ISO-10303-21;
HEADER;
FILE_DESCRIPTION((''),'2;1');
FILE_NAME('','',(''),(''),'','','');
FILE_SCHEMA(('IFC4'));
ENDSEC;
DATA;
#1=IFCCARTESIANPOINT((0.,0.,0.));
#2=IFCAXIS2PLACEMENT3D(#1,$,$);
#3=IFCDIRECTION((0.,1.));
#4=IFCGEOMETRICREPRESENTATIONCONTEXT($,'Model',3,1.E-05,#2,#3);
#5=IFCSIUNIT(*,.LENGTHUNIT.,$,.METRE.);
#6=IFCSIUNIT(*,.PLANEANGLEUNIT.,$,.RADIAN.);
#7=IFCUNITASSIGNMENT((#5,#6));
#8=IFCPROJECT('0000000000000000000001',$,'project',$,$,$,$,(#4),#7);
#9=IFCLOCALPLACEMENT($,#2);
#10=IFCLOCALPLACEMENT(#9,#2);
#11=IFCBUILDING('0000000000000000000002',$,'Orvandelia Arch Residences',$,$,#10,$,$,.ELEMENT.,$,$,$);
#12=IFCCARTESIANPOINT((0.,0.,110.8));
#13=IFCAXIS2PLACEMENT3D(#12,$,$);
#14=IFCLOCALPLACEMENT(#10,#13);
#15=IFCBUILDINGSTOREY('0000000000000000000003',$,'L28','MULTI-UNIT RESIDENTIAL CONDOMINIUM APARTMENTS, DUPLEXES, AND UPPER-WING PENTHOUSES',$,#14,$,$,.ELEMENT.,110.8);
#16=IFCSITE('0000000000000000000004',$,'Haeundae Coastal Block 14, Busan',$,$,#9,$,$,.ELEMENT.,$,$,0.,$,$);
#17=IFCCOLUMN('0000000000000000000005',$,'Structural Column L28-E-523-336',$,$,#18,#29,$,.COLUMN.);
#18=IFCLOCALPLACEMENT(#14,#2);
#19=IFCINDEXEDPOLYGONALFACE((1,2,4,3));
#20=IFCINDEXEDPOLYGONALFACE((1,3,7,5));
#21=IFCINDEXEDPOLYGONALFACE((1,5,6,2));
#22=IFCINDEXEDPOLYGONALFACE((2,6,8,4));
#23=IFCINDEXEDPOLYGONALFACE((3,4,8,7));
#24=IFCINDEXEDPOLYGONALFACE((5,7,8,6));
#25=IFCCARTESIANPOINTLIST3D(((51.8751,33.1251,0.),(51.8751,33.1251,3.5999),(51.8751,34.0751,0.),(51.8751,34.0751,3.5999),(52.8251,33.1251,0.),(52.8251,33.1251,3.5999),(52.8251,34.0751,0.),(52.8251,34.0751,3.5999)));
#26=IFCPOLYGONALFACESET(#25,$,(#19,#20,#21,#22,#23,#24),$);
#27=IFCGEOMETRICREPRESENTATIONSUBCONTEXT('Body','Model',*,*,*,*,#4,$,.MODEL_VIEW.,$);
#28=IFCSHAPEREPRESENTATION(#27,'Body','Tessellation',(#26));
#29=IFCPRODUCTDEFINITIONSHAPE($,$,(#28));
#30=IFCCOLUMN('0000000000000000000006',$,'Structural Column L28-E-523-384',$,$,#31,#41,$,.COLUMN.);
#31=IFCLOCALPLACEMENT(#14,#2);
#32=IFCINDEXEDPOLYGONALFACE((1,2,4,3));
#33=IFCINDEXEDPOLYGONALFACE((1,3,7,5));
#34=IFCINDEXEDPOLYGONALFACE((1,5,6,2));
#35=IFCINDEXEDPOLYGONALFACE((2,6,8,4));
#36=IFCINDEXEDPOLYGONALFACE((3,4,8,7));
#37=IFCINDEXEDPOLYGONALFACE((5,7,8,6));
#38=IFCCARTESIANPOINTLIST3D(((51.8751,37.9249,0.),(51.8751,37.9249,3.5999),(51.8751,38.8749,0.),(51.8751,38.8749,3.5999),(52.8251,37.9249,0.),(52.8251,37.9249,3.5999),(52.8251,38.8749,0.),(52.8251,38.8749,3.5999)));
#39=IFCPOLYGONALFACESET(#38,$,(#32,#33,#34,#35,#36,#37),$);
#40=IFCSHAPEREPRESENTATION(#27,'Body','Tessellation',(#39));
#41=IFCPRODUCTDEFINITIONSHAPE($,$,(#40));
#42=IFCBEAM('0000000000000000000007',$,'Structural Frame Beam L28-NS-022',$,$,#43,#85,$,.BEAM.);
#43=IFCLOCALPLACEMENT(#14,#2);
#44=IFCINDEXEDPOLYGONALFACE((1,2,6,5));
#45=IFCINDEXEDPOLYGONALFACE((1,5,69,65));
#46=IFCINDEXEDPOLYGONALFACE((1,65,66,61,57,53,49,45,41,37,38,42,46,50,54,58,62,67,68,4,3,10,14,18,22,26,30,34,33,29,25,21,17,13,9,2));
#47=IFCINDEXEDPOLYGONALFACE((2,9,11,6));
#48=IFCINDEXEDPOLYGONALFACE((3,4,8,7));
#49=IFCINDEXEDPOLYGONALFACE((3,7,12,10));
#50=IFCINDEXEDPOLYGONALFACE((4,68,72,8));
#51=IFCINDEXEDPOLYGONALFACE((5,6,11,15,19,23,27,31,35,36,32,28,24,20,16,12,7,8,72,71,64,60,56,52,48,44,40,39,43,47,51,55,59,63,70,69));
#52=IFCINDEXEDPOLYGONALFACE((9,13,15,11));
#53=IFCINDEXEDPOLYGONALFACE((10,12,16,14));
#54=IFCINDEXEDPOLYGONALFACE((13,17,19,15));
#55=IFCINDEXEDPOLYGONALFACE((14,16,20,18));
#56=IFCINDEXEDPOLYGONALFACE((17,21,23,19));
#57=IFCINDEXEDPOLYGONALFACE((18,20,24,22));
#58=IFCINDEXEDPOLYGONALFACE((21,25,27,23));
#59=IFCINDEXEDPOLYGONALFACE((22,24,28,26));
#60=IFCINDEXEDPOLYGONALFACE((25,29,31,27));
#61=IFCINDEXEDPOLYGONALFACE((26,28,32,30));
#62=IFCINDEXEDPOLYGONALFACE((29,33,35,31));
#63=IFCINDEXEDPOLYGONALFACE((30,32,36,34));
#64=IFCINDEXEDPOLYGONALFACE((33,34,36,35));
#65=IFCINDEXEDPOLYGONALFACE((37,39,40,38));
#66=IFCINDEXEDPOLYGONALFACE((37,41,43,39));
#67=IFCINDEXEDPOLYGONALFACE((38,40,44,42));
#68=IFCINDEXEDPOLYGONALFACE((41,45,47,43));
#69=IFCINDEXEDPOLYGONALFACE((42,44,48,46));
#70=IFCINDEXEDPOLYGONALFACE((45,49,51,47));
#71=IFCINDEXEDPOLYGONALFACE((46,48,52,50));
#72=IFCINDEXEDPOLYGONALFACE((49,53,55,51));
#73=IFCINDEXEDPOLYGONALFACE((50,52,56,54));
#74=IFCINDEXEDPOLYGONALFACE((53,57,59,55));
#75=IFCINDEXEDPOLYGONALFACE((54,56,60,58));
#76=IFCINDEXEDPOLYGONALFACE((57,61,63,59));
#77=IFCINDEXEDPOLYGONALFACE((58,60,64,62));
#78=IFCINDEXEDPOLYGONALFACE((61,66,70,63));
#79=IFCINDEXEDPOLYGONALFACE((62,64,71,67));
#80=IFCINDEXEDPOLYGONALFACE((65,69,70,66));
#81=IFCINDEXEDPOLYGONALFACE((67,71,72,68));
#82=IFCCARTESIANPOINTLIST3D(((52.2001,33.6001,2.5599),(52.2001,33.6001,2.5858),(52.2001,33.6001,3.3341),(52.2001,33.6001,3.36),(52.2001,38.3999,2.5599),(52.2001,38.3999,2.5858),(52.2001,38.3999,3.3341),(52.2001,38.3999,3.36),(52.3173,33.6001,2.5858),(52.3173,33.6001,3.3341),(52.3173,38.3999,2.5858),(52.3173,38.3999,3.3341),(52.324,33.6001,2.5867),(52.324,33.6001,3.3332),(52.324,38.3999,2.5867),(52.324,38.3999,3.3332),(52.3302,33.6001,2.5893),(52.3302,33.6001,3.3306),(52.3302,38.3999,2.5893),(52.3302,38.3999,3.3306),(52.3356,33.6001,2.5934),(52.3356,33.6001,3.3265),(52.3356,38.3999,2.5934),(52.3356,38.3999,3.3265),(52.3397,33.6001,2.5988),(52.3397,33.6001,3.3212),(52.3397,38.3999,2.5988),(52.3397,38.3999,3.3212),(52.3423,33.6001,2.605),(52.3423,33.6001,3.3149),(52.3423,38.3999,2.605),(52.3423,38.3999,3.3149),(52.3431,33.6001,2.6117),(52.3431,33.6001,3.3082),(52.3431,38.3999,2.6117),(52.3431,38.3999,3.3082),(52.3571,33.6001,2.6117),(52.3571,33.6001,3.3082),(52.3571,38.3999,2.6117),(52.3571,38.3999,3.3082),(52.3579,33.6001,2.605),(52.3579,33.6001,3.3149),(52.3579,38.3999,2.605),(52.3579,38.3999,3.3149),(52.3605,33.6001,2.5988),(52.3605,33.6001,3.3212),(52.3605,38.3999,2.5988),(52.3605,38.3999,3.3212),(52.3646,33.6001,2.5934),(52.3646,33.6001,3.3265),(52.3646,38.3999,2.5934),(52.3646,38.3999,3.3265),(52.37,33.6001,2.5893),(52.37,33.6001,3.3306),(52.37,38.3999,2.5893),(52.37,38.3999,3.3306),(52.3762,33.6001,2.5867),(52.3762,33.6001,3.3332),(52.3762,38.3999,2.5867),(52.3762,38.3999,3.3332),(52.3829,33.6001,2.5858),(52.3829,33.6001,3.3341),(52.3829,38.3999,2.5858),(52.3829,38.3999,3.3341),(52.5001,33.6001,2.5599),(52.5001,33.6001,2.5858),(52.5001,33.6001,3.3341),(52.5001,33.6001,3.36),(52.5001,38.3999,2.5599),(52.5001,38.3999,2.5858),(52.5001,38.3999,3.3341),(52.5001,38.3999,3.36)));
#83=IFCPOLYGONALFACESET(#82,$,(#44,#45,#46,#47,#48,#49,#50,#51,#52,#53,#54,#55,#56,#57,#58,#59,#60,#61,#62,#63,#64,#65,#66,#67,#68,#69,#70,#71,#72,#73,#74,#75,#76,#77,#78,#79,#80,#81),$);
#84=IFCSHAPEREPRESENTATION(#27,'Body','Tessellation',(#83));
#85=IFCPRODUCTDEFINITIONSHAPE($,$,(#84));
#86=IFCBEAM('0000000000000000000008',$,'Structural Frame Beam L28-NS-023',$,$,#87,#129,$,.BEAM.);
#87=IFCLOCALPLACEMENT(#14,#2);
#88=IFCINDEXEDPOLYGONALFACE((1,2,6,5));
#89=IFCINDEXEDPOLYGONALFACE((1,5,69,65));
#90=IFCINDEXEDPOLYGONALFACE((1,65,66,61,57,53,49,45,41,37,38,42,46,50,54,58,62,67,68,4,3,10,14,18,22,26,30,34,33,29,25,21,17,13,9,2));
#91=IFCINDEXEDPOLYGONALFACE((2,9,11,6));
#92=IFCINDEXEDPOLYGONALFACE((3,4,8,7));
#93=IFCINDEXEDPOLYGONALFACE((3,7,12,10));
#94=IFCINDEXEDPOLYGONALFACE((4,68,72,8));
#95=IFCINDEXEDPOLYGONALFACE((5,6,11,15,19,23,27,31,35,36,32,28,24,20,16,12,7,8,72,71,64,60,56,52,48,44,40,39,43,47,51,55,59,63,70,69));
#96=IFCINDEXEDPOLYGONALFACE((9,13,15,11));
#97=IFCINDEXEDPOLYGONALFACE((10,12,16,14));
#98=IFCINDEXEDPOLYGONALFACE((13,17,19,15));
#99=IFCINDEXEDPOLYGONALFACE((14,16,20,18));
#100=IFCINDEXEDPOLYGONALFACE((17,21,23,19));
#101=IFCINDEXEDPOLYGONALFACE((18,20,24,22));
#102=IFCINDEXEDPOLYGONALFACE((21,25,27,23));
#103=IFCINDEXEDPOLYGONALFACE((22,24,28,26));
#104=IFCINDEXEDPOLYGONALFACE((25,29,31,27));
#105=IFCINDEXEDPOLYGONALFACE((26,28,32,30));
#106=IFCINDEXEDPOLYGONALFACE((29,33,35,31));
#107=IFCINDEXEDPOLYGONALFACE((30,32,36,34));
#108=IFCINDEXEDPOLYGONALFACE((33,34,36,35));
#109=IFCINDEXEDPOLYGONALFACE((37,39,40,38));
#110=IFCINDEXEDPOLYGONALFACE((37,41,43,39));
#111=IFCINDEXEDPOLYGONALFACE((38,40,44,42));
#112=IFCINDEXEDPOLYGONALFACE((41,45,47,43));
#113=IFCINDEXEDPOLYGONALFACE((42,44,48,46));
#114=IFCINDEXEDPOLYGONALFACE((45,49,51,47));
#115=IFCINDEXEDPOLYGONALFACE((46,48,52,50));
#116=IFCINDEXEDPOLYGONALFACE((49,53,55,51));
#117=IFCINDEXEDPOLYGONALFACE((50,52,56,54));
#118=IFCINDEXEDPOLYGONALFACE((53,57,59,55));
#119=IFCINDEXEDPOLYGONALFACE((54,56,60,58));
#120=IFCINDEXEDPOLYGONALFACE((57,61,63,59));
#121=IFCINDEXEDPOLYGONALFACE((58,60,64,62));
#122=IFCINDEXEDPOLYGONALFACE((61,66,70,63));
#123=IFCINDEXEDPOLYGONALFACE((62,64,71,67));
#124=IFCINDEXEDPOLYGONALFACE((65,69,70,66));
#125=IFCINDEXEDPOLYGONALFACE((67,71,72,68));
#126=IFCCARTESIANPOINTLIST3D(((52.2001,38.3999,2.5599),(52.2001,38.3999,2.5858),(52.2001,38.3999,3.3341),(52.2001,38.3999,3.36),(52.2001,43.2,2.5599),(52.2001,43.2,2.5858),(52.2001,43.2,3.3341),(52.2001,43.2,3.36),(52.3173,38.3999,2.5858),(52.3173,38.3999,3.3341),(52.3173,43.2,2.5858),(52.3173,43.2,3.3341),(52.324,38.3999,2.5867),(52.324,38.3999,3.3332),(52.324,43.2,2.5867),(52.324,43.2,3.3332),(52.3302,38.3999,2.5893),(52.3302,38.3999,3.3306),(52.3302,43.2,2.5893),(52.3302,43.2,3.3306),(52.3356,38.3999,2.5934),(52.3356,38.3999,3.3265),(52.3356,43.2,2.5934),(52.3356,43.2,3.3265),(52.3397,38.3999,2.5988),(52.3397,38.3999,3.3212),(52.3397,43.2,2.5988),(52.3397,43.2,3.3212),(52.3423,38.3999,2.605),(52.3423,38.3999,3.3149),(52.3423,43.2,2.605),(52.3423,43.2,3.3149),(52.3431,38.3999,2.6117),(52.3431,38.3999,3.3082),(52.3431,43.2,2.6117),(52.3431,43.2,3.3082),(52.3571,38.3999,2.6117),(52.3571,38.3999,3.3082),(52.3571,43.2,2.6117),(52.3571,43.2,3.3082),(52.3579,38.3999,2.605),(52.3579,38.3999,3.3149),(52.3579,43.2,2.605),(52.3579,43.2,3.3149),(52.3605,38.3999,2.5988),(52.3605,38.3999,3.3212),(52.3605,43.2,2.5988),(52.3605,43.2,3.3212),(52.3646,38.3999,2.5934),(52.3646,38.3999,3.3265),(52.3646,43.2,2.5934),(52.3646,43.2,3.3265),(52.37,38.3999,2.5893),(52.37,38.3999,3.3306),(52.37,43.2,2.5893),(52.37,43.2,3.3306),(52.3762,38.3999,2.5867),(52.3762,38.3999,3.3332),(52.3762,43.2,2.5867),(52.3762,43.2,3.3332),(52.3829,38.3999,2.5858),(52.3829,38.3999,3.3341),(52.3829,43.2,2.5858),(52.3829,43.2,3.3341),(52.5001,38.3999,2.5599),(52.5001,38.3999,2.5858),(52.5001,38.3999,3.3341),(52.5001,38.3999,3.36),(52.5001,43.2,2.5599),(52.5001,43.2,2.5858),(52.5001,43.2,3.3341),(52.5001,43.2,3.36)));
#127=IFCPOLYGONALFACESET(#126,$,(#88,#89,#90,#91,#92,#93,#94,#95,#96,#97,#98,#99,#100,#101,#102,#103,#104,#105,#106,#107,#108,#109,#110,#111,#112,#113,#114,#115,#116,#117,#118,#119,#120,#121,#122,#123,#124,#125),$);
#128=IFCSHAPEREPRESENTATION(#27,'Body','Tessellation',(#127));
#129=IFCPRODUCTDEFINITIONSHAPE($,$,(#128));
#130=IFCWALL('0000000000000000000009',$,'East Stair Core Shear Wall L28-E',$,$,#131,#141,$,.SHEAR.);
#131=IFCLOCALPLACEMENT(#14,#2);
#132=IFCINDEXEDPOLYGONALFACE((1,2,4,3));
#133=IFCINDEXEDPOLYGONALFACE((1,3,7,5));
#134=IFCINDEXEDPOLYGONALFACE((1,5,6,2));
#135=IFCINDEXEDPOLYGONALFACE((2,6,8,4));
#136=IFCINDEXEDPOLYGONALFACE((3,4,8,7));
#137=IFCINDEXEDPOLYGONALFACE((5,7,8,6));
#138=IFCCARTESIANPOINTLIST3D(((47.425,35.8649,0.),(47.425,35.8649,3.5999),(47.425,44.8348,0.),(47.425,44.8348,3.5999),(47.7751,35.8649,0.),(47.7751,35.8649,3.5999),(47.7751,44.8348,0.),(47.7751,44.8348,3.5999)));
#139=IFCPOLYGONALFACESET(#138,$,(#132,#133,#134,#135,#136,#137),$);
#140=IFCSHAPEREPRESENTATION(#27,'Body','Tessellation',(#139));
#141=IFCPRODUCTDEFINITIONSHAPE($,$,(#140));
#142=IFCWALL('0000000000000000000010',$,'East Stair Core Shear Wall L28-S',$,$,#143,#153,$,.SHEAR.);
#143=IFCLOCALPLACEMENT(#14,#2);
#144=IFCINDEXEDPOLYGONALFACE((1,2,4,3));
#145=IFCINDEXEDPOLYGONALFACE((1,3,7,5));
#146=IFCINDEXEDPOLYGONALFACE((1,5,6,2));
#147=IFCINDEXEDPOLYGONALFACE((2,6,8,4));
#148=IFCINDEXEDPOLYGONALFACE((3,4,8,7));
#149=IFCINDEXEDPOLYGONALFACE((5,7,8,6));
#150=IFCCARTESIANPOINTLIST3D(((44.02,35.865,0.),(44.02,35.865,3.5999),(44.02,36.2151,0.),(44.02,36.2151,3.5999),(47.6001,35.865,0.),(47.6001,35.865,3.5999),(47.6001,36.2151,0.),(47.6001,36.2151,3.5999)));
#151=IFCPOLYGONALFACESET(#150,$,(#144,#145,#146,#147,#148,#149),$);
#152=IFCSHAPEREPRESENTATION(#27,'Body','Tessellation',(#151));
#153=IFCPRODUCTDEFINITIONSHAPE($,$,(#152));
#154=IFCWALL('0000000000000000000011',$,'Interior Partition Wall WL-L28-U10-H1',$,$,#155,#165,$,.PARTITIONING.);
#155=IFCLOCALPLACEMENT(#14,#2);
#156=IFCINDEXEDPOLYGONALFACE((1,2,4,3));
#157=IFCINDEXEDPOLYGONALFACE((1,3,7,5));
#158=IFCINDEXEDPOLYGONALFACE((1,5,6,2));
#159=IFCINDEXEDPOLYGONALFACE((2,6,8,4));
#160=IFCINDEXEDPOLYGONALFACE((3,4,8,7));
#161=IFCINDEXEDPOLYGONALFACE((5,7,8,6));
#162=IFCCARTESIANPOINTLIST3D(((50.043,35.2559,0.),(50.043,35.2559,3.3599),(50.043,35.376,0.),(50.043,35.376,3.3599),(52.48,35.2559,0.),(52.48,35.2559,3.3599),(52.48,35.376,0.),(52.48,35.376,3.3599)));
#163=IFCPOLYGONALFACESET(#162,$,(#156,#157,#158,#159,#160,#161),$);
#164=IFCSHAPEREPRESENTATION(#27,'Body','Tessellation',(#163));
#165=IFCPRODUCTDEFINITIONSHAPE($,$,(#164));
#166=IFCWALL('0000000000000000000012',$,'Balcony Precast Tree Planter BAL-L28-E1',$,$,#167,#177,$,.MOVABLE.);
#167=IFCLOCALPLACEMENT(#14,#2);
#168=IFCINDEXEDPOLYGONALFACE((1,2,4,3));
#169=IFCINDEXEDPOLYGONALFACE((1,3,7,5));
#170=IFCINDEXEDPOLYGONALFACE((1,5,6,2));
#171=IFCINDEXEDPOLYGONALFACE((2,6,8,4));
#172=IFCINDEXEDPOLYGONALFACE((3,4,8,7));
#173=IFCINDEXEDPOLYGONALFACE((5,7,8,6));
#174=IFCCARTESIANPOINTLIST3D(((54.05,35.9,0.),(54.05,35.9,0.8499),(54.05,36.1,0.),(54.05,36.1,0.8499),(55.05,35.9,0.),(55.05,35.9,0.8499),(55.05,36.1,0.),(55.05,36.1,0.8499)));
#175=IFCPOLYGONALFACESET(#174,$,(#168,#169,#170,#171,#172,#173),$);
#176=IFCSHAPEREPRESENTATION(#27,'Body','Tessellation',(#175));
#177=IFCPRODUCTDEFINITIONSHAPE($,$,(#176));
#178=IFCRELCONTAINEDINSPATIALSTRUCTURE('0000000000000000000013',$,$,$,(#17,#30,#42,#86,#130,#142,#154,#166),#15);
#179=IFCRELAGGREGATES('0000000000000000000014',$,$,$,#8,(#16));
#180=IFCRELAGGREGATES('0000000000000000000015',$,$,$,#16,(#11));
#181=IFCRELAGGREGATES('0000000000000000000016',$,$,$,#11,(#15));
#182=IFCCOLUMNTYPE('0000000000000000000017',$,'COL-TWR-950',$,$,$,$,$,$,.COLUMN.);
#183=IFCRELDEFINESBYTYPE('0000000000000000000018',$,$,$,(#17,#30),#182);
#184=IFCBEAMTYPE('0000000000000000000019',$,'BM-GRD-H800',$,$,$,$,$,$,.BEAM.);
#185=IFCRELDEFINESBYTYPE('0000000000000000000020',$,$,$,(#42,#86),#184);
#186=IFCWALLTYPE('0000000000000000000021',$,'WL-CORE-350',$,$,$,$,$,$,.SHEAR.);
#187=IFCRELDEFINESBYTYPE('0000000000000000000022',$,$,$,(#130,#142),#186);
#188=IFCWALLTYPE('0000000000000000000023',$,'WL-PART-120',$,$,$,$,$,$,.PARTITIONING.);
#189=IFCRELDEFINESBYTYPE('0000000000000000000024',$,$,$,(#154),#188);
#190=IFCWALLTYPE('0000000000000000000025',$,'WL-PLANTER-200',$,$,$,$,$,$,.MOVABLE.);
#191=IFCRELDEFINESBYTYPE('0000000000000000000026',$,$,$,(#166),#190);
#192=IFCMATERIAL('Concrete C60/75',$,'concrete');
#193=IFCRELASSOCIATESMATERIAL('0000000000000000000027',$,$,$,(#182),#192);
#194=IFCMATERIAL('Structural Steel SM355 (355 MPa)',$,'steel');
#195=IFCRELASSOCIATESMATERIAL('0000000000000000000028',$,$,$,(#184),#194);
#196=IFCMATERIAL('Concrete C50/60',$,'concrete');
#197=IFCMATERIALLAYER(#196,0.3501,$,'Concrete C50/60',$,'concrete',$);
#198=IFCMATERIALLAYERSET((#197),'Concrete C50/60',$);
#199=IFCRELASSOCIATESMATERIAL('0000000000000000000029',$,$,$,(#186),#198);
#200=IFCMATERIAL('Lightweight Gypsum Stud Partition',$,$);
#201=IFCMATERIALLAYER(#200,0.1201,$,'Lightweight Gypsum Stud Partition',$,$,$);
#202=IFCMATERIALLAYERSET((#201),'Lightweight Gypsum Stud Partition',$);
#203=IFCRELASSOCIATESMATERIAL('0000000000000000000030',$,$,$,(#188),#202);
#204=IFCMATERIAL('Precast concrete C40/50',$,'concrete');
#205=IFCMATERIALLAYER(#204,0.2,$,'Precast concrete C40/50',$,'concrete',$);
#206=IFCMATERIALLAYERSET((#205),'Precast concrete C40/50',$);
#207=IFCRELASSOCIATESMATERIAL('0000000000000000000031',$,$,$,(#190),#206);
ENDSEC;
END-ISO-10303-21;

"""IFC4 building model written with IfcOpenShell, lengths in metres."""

from ifc_helpers import new_model, si_unit, direction, frame, frame_2d, origin, origin_2d, place, context, subcontext, project, spatial, rectangle, i_section, extrude, material, layer, layer_set, material_profile, profile_set, type_object, element, save


model = new_model("IFC4")

# Units and contexts
model_context = context("Model", 3, precision=1e-05, world=origin(), true_north=direction((0.0, 1.0)))
body_context = subcontext(model_context, "Body", "Model", "MODEL_VIEW")
ifc_project = project(units=[si_unit("LENGTHUNIT", "METRE"), si_unit("PLANEANGLEUNIT", "RADIAN")], contexts=[model_context])

# Site, building, storey
site_placement = place(None, origin())
site = spatial("IfcSite", under=ifc_project, at=site_placement, Name="Haeundae Coastal Block 14, Busan", CompositionType="ELEMENT", RefElevation=0.0)
building_placement = place(site_placement, origin())
building = spatial("IfcBuilding", under=site, at=building_placement, Name="Orvandelia Arch Residences", CompositionType="ELEMENT")
storey_placement = place(building_placement, frame((0.0, 0.0, 110.8)))
storey = spatial("IfcBuildingStorey", under=building, at=storey_placement, Name="L28", Description="MULTI-UNIT RESIDENTIAL CONDOMINIUM APARTMENTS, DUPLEXES, AND UPPER-WING PENTHOUSES", CompositionType="ELEMENT", Elevation=110.8)

# Columns
ifc_material_1 = material(Name="Concrete C60/75", Category="concrete")
ifc_material_profile_1 = material_profile(ifc_material_1, rectangle(XDim=0.95, YDim=0.95, at=origin_2d()), Name="Concrete C60/75", Category="concrete")
ifc_profile_set_1 = profile_set([ifc_material_profile_1], Name="Concrete C60/75")
column_type = type_object("IfcColumnType", Name="COL-TWR-950", PredefinedType="COLUMN", material=ifc_profile_set_1)
for number, where, z_axis, x_axis, name in (
    (1, (52.3501, 33.6001, 0.0), (0.0, 0.0, 1.0), (1.0, 0.0, 0.0), "Structural Column L28-E-523-336"),
    (2, (52.3501, 38.3999, 0.0), (0.0, 0.0, 1.0), (1.0, 0.0, 0.0), "Structural Column L28-E-523-384"),
):
    element("IfcColumn", number, at=place(storey_placement, frame(where, z_axis=z_axis, x_axis=x_axis)), inside=storey, type_object=column_type, Name=name, PredefinedType="COLUMN", context=body_context, shape_type="SweptSolid", body=[
        extrude(rectangle(XDim=0.95, YDim=0.95, at=origin_2d()), origin(), (0.0, 0.0, 1.0), 3.5999),
    ])

# Beams
ifc_material_2 = material(Name="Structural Steel SM355 (355 MPa)", Category="steel")
ifc_material_profile_2 = material_profile(ifc_material_2, i_section(OverallWidth=0.3, OverallDepth=0.8, WebThickness=0.0139, FlangeThickness=0.0259, FilletRadius=0.0259, at=origin_2d()), Name="Structural Steel SM355 (355 MPa)", Category="steel")
ifc_profile_set_2 = profile_set([ifc_material_profile_2], Name="Structural Steel SM355 (355 MPa)")
beam_type = type_object("IfcBeamType", Name="BM-GRD-H800", PredefinedType="BEAM", material=ifc_profile_set_2)
beam_1_placement = place(storey_placement, frame((52.3501, 33.6001, 2.96), z_axis=(0.0, 1.0, 0.0), x_axis=(-1.0, 0.0, 0.0)))
element("IfcBeam", 3, at=beam_1_placement, inside=storey, type_object=beam_type, Name="Structural Frame Beam L28-NS-022", PredefinedType="BEAM", context=body_context, shape_type="SweptSolid", body=[
    extrude(i_section(OverallWidth=0.3, OverallDepth=0.8, WebThickness=0.0139, FlangeThickness=0.0259, FilletRadius=0.0259, at=origin_2d()), origin(), (0.0, 0.0, 1.0), 4.7998),
])
beam_2_placement = place(storey_placement, frame((52.3501, 38.3999, 2.96), z_axis=(0.0, 1.0, 0.0), x_axis=(-1.0, 0.0, 0.0)))
element("IfcBeam", 4, at=beam_2_placement, inside=storey, type_object=beam_type, Name="Structural Frame Beam L28-NS-023", PredefinedType="BEAM", context=body_context, shape_type="SweptSolid", body=[
    extrude(i_section(OverallWidth=0.3, OverallDepth=0.8, WebThickness=0.0139, FlangeThickness=0.0259, FilletRadius=0.0259, at=origin_2d()), origin(), (0.0, 0.0, 1.0), 4.8),
])

# Walls
ifc_material_3 = material(Name="Concrete C50/60", Category="concrete")
ifc_layer_1 = layer(ifc_material_3, 0.3501, Name="Concrete C50/60", Category="concrete")
ifc_layer_set_1 = layer_set([ifc_layer_1], Name="Concrete C50/60")
wall_type_1 = type_object("IfcWallType", Name="WL-CORE-350", PredefinedType="SHEAR", material=ifc_layer_set_1)
wall_1_placement = place(storey_placement, frame((47.6001, 35.865, 0.0), z_axis=(0.0, 0.0, 1.0), x_axis=(0.0, 1.0, 0.0)))
element("IfcWall", 5, at=wall_1_placement, inside=storey, type_object=wall_type_1, Name="East Stair Core Shear Wall L28-E", PredefinedType="SHEAR", context=body_context, shape_type="SweptSolid", body=[
    extrude(rectangle(XDim=8.97, YDim=0.3501, at=frame_2d((4.4849, 0.0))), origin(), (0.0, 0.0, 1.0), 3.5999),
])
wall_2_placement = place(storey_placement, frame((44.02, 36.04, 0.0), z_axis=(0.0, 0.0, 1.0), x_axis=(1.0, 0.0, 0.0)))
element("IfcWall", 6, at=wall_2_placement, inside=storey, type_object=wall_type_1, Name="East Stair Core Shear Wall L28-S", PredefinedType="SHEAR", context=body_context, shape_type="SweptSolid", body=[
    extrude(rectangle(XDim=3.5801, YDim=0.3501, at=frame_2d((1.79, 0.0))), origin(), (0.0, 0.0, 1.0), 3.5999),
])
ifc_material_4 = material(Name="Lightweight Gypsum Stud Partition")
ifc_layer_2 = layer(ifc_material_4, 0.1201, Name="Lightweight Gypsum Stud Partition")
ifc_layer_set_2 = layer_set([ifc_layer_2], Name="Lightweight Gypsum Stud Partition")
wall_type_2 = type_object("IfcWallType", Name="WL-PART-120", PredefinedType="PARTITIONING", material=ifc_layer_set_2)
wall_3_placement = place(storey_placement, frame((50.043, 35.3159, 0.0), z_axis=(0.0, 0.0, 1.0), x_axis=(1.0, 0.0, 0.0)))
element("IfcWall", 7, at=wall_3_placement, inside=storey, type_object=wall_type_2, Name="Interior Partition Wall WL-L28-U10-H1", PredefinedType="PARTITIONING", context=body_context, shape_type="SweptSolid", body=[
    extrude(rectangle(XDim=2.437, YDim=0.1201, at=frame_2d((1.2185, 0.0))), origin(), (0.0, 0.0, 1.0), 3.3599),
])
ifc_material_5 = material(Name="Precast concrete C40/50", Category="concrete")
ifc_layer_3 = layer(ifc_material_5, 0.2, Name="Precast concrete C40/50", Category="concrete")
ifc_layer_set_3 = layer_set([ifc_layer_3], Name="Precast concrete C40/50")
wall_type_3 = type_object("IfcWallType", Name="WL-PLANTER-200", PredefinedType="MOVABLE", material=ifc_layer_set_3)
wall_4_placement = place(storey_placement, frame((54.05, 36.0, 0.0), z_axis=(0.0, 0.0, 1.0), x_axis=(1.0, 0.0, 0.0)))
element("IfcWall", 8, at=wall_4_placement, inside=storey, type_object=wall_type_3, Name="Balcony Precast Tree Planter BAL-L28-E1", PredefinedType="MOVABLE", context=body_context, shape_type="SweptSolid", body=[
    extrude(rectangle(XDim=1.0, YDim=0.2, at=frame_2d((0.5, 0.0))), origin(), (0.0, 0.0, 1.0), 0.8499),
])

save(model, "model.ifc")
